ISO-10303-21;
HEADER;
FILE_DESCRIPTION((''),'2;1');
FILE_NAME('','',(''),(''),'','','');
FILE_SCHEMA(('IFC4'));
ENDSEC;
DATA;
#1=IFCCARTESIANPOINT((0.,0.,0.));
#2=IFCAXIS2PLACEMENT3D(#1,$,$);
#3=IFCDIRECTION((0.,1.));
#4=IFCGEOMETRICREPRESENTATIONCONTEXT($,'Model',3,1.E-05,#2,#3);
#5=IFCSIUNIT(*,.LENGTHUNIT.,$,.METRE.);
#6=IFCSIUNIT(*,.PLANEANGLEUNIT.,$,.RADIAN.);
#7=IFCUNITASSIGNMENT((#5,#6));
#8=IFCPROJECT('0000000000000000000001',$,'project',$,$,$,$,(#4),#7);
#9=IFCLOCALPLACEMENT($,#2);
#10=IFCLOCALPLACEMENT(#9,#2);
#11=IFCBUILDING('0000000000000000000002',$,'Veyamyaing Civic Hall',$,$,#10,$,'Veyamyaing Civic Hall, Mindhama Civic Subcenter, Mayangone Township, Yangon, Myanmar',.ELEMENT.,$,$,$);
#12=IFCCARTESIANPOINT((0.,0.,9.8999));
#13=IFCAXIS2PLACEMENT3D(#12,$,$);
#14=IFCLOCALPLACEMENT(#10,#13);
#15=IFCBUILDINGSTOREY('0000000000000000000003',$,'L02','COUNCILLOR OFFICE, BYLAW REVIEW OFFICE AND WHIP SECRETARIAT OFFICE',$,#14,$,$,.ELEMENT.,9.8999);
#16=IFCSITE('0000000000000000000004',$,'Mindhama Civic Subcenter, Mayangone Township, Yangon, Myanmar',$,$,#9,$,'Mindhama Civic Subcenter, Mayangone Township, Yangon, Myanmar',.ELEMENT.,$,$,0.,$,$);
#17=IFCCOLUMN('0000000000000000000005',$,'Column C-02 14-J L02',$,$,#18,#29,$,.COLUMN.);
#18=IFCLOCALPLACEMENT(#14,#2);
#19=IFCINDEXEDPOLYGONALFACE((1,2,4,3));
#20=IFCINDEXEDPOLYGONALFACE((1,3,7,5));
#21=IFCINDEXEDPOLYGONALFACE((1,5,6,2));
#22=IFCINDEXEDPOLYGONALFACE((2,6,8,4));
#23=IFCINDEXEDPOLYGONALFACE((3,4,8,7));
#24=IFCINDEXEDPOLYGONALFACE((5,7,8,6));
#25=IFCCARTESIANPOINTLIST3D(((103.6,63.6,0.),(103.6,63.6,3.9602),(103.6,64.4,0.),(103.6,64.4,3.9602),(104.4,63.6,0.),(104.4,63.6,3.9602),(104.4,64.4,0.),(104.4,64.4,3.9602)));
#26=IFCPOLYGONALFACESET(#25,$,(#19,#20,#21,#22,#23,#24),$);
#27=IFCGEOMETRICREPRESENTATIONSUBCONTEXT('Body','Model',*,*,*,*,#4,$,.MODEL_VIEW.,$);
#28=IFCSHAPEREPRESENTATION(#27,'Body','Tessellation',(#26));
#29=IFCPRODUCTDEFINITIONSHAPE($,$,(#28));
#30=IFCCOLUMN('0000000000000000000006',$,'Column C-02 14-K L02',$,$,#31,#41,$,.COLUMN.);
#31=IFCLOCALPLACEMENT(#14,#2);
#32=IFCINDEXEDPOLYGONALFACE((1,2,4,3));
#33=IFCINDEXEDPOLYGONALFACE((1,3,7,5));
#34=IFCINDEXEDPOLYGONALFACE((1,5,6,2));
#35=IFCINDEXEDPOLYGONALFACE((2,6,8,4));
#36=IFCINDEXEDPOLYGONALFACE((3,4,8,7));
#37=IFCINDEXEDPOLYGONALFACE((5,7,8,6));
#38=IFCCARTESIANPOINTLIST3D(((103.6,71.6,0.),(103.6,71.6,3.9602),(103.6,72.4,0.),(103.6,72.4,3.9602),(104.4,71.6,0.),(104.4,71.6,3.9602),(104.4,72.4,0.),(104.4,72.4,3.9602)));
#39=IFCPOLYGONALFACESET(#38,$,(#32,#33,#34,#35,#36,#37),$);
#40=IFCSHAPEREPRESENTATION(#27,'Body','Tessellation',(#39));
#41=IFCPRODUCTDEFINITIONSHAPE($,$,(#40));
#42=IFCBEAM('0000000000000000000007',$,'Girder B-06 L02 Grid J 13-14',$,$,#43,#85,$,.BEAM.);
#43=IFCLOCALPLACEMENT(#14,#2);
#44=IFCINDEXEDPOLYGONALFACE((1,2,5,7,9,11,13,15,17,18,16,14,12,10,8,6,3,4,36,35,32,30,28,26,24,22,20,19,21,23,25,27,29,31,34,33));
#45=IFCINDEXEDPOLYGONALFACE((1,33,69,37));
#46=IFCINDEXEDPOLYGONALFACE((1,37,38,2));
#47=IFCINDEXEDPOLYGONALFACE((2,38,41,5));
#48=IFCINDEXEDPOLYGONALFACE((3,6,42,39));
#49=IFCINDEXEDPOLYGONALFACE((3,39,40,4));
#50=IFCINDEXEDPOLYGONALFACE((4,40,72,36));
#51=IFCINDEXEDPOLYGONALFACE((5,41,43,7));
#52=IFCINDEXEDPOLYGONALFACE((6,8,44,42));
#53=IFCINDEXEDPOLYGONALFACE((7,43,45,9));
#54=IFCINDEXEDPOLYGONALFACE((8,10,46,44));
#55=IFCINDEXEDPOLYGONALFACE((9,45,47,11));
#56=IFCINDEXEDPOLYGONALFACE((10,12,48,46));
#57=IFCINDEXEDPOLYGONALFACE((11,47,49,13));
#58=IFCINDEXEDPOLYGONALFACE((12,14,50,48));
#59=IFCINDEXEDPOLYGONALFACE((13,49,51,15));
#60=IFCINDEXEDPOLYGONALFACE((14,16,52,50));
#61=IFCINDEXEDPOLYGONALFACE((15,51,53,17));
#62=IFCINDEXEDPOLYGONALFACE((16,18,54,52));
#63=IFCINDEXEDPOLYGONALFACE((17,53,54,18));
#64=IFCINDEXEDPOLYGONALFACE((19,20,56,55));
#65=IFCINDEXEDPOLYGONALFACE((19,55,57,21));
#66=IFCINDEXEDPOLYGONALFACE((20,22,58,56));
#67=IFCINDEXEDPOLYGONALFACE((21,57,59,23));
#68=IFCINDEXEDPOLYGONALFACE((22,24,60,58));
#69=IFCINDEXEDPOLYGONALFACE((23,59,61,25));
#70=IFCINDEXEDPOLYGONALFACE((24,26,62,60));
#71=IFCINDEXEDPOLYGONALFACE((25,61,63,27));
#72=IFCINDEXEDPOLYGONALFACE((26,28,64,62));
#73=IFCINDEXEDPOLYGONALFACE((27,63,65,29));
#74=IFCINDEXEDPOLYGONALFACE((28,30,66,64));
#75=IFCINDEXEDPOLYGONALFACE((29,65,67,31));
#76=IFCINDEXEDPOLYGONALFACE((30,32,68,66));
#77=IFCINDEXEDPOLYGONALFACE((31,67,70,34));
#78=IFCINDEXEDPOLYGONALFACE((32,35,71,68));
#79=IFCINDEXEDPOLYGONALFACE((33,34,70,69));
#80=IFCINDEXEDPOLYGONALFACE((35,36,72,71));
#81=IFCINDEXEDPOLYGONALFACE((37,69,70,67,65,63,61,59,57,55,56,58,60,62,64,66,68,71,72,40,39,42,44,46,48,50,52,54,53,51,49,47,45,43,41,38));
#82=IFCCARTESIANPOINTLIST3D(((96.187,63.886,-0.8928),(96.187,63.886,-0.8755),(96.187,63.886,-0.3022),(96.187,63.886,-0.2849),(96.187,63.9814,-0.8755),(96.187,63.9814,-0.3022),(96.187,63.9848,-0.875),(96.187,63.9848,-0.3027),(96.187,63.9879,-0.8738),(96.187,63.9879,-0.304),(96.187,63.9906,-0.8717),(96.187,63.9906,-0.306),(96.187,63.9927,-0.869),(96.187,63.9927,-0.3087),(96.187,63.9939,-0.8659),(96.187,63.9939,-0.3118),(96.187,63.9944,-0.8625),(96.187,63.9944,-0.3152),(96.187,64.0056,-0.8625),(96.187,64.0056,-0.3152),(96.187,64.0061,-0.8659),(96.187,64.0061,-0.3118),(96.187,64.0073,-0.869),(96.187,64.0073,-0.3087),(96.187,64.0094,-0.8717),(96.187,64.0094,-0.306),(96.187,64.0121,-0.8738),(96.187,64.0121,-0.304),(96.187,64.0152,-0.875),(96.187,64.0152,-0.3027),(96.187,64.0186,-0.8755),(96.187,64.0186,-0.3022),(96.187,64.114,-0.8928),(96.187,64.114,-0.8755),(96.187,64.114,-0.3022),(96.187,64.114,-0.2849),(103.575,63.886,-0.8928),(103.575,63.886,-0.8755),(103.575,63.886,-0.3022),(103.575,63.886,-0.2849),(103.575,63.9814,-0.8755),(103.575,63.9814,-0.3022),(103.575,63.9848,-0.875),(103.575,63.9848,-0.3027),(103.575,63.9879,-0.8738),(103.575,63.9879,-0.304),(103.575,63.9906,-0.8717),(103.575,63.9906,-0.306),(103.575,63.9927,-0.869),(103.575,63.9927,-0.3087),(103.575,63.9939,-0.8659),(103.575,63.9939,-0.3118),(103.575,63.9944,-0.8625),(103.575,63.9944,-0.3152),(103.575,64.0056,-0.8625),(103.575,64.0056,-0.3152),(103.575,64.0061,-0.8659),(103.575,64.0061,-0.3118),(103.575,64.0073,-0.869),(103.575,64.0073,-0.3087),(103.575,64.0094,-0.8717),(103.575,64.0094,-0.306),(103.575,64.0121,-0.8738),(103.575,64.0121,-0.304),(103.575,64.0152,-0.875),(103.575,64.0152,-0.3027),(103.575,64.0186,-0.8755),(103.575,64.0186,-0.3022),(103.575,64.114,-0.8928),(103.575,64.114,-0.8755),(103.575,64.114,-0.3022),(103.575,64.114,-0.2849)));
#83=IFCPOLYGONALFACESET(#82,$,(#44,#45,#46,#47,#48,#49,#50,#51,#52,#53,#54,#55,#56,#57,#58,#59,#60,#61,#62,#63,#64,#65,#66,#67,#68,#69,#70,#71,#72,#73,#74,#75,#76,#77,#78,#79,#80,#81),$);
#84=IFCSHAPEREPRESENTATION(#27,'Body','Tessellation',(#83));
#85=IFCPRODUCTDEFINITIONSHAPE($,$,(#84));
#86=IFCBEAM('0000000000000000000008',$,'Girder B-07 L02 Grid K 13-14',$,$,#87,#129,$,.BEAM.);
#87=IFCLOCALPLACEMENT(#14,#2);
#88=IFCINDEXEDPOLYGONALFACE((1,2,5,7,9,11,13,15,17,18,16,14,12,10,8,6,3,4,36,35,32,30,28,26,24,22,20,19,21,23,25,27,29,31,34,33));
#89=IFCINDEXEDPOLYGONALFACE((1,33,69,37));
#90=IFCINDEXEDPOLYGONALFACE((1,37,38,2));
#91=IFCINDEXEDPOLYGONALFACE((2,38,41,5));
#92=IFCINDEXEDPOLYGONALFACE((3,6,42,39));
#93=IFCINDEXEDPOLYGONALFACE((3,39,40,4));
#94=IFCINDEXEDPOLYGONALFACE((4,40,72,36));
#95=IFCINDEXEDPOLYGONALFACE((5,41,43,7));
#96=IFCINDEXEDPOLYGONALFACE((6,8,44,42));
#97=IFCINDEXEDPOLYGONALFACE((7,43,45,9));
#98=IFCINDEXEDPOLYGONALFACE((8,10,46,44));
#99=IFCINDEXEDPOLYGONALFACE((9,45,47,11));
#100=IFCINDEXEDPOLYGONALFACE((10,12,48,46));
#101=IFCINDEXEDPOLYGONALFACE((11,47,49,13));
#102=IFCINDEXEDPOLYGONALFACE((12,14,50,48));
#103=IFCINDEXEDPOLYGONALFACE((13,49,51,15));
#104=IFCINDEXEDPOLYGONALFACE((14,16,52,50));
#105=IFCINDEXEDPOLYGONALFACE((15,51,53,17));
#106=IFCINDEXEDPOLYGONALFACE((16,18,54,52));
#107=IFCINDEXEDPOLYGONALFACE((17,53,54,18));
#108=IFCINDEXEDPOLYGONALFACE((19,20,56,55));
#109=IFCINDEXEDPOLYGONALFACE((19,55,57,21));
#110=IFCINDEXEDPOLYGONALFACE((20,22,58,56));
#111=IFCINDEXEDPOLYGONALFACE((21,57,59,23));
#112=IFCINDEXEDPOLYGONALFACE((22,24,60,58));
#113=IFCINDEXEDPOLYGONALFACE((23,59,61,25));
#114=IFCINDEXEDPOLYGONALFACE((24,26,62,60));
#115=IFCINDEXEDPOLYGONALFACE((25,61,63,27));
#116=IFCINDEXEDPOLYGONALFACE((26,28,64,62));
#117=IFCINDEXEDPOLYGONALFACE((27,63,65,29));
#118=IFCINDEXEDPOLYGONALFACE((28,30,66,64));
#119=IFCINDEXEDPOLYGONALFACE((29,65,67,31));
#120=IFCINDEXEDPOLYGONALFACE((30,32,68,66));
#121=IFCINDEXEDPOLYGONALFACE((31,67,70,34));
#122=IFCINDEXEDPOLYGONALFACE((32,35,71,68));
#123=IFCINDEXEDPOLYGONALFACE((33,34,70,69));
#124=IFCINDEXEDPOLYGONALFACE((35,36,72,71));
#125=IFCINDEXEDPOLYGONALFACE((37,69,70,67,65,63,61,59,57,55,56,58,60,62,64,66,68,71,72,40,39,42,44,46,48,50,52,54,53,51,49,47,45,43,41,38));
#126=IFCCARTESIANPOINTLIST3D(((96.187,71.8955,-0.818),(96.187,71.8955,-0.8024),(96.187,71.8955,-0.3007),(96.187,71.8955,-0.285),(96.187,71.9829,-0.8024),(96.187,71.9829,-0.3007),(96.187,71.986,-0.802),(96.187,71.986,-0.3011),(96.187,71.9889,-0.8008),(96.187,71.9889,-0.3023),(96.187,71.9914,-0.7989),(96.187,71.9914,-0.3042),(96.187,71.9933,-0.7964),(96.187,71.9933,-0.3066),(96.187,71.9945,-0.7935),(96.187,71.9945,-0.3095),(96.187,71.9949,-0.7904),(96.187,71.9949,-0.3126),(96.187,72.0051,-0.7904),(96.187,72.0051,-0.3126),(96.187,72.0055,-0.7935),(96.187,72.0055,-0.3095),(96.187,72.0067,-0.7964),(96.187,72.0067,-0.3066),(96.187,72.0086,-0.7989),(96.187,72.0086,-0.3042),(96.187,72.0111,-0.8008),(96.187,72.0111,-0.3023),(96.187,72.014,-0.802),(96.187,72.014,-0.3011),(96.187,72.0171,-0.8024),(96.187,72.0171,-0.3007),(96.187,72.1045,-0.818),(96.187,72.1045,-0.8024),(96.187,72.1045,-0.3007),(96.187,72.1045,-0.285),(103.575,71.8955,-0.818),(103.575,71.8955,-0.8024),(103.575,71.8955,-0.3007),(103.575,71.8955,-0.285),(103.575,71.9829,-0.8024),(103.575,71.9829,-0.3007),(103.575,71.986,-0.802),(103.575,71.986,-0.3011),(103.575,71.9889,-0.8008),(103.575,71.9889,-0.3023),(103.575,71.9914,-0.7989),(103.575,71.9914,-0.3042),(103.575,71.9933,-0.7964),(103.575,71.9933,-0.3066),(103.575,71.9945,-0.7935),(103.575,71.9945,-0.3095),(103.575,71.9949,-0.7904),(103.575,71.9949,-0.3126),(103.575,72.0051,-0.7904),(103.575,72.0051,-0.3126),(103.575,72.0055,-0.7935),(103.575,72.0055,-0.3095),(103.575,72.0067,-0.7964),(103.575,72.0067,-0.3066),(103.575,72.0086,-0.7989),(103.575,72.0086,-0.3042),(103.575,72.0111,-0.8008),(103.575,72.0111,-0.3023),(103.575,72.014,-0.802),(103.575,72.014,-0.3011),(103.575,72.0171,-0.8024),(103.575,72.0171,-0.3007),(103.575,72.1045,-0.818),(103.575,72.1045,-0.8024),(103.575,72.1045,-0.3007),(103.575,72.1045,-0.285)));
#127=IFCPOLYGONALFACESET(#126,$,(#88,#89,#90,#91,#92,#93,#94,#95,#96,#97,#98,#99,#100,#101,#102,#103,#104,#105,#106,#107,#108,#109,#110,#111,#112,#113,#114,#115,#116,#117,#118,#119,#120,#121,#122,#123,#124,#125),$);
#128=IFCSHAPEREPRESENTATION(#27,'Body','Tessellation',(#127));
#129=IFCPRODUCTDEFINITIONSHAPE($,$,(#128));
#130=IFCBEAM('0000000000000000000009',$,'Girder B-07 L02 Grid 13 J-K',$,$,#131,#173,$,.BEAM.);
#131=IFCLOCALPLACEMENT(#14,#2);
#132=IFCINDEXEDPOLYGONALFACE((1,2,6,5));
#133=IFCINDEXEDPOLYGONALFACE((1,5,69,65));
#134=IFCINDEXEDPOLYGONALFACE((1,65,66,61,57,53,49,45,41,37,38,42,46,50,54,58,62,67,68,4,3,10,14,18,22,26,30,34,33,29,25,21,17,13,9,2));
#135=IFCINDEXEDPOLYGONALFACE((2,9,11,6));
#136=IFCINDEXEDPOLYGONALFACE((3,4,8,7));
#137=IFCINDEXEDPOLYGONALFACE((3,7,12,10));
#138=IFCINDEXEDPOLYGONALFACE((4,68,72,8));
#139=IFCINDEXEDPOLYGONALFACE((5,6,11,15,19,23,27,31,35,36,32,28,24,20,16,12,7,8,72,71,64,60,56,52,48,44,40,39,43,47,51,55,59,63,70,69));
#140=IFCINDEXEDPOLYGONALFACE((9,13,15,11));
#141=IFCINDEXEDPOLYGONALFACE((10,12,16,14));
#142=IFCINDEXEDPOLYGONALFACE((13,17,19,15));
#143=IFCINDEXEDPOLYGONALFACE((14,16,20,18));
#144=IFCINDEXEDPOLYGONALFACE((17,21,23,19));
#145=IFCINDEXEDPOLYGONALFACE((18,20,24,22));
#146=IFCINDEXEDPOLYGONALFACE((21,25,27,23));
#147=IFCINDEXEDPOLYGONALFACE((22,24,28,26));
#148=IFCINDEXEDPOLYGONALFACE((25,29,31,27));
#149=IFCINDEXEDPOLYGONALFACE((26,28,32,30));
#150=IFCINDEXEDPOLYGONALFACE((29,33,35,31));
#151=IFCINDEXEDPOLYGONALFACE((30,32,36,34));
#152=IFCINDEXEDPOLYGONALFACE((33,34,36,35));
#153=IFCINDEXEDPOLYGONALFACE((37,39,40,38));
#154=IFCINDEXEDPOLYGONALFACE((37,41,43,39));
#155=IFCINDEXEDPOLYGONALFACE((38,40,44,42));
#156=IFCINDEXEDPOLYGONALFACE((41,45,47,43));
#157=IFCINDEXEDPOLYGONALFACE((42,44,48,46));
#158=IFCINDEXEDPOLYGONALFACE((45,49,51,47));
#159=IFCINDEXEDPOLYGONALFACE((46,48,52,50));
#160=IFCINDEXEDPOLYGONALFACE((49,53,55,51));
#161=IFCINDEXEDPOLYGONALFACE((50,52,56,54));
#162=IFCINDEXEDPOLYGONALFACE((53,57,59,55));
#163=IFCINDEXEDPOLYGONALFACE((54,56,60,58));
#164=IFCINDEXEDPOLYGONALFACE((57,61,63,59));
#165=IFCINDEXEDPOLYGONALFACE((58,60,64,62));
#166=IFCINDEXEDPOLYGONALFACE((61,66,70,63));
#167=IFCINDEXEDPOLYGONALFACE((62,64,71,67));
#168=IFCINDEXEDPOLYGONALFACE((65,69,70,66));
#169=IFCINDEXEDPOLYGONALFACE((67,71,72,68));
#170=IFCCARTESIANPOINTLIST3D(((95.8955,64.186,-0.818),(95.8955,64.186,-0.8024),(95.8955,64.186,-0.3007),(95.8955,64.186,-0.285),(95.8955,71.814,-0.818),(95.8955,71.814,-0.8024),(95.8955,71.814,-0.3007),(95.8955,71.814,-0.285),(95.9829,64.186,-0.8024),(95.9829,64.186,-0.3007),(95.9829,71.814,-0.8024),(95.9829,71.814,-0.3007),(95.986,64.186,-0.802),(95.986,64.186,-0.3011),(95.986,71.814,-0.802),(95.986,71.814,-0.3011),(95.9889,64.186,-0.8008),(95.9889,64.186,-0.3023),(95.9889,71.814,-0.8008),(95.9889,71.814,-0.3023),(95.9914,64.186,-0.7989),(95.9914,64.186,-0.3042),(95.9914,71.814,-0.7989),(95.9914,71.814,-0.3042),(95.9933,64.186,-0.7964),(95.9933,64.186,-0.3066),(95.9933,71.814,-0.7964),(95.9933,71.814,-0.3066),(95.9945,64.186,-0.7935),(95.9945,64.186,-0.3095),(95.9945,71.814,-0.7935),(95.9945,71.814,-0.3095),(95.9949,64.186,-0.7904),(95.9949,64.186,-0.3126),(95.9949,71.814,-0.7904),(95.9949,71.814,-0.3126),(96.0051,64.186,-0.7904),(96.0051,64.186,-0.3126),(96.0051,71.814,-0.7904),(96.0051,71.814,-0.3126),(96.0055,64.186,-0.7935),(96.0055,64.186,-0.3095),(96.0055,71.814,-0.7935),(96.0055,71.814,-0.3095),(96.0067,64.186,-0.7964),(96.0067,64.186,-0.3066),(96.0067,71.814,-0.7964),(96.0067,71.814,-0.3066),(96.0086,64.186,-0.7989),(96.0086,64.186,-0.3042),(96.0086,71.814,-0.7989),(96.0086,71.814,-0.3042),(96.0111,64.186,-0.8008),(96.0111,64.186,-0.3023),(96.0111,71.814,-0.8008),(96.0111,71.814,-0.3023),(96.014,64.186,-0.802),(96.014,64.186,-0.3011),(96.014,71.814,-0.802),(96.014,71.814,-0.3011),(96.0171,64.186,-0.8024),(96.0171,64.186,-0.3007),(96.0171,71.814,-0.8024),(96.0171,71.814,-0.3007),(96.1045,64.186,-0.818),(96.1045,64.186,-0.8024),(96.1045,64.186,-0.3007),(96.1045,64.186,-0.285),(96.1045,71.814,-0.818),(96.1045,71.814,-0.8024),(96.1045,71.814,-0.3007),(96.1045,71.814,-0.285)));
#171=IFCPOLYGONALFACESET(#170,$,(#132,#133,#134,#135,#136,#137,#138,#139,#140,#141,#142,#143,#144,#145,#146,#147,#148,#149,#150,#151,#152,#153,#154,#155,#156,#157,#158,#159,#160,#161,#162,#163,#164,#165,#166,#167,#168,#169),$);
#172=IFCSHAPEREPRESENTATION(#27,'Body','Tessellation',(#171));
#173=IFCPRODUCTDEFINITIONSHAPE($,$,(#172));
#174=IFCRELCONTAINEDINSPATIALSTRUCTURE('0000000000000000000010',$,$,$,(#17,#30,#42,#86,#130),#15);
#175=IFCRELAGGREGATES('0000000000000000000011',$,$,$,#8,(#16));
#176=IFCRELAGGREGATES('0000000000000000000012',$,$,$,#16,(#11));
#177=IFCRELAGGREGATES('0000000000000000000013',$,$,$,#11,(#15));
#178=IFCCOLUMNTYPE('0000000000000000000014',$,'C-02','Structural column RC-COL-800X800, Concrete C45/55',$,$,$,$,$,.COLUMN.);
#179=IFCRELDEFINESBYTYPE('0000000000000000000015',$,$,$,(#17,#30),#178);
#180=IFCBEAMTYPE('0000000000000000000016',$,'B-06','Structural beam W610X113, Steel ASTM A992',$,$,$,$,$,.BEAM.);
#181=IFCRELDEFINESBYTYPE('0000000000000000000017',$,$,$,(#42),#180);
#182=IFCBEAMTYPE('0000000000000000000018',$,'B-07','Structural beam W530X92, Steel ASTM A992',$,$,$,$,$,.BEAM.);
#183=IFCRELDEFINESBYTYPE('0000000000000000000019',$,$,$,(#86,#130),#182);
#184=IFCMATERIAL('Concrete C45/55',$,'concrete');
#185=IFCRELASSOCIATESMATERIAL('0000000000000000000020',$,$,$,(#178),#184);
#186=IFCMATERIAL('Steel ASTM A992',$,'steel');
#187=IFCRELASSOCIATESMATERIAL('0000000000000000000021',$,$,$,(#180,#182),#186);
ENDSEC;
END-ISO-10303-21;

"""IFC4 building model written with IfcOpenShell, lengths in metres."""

from ifc_helpers import new_model, si_unit, direction, frame, origin, origin_2d, place, context, subcontext, project, spatial, rectangle, i_section, extrude, material, material_profile, profile_set, type_object, element, save


model = new_model("IFC4")

# Units and contexts
model_context = context("Model", 3, precision=1e-05, world=origin(), true_north=direction((0.0, 1.0)))
body_context = subcontext(model_context, "Body", "Model", "MODEL_VIEW")
ifc_project = project(units=[si_unit("LENGTHUNIT", "METRE"), si_unit("PLANEANGLEUNIT", "RADIAN")], contexts=[model_context])

# Site, building, storey
site_placement = place(None, origin())
site = spatial("IfcSite", under=ifc_project, at=site_placement, Name="Mindhama Civic Subcenter, Mayangone Township, Yangon, Myanmar", LongName="Mindhama Civic Subcenter, Mayangone Township, Yangon, Myanmar", CompositionType="ELEMENT", RefElevation=0.0)
building_placement = place(site_placement, origin())
building = spatial("IfcBuilding", under=site, at=building_placement, Name="Veyamyaing Civic Hall", LongName="Veyamyaing Civic Hall, Mindhama Civic Subcenter, Mayangone Township, Yangon, Myanmar", CompositionType="ELEMENT")
storey_placement = place(building_placement, frame((0.0, 0.0, 9.8999)))
storey = spatial("IfcBuildingStorey", under=building, at=storey_placement, Name="L02", Description="COUNCILLOR OFFICE, BYLAW REVIEW OFFICE AND WHIP SECRETARIAT OFFICE", CompositionType="ELEMENT", Elevation=9.8999)

# Columns
ifc_material_1 = material(Name="Concrete C45/55", Category="concrete")
ifc_material_profile_1 = material_profile(ifc_material_1, rectangle(XDim=0.8, YDim=0.8, at=origin_2d()), Name="RC-COL-800X800")
ifc_profile_set_1 = profile_set([ifc_material_profile_1], Name="Concrete C45/55")
column_type = type_object("IfcColumnType", Name="C-02", Description="Structural column RC-COL-800X800, Concrete C45/55", PredefinedType="COLUMN", material=ifc_profile_set_1)
for number, where, z_axis, x_axis, name in (
    (1, (104.0, 64.0, 0.0), (0.0, 0.0, 1.0), (1.0, 0.0, 0.0), "Column C-02 14-J L02"),
    (2, (104.0, 72.0, 0.0), (0.0, 0.0, 1.0), (1.0, 0.0, 0.0), "Column C-02 14-K L02"),
):
    element("IfcColumn", number, at=place(storey_placement, frame(where, z_axis=z_axis, x_axis=x_axis)), inside=storey, type_object=column_type, Name=name, PredefinedType="COLUMN", context=body_context, shape_type="SweptSolid", body=[
        extrude(rectangle(XDim=0.8, YDim=0.8, at=origin_2d()), origin(), (0.0, 0.0, 1.0), 3.9602),
    ])

# Beams
ifc_material_2 = material(Name="Steel ASTM A992", Category="steel")
ifc_material_profile_2 = material_profile(ifc_material_2, i_section(OverallWidth=0.228, OverallDepth=0.6079, WebThickness=0.0112, FlangeThickness=0.0173, FilletRadius=0.0129, at=origin_2d()), Name="W610X113")
ifc_profile_set_2 = profile_set([ifc_material_profile_2], Name="Steel ASTM A992")
beam_type_1 = type_object("IfcBeamType", Name="B-06", Description="Structural beam W610X113, Steel ASTM A992", PredefinedType="BEAM", material=ifc_profile_set_2)
beam_1_placement = place(storey_placement, frame((96.187, 64.0, -0.5889), z_axis=(1.0, 0.0, 0.0), x_axis=(0.0, 1.0, 0.0)))
element("IfcBeam", 3, at=beam_1_placement, inside=storey, type_object=beam_type_1, Name="Girder B-06 L02 Grid J 13-14", PredefinedType="BEAM", context=body_context, shape_type="SweptSolid", body=[
    extrude(i_section(OverallWidth=0.228, OverallDepth=0.6079, WebThickness=0.0112, FlangeThickness=0.0173, FilletRadius=0.0129, at=origin_2d()), origin(), (0.0, 0.0, 1.0), 7.3879),
])
ifc_material_profile_3 = material_profile(ifc_material_2, i_section(OverallWidth=0.209, OverallDepth=0.533, WebThickness=0.0103, FlangeThickness=0.0156, FilletRadius=0.012, at=origin_2d()), Name="W530X92")
ifc_profile_set_3 = profile_set([ifc_material_profile_3], Name="Steel ASTM A992")
beam_type_2 = type_object("IfcBeamType", Name="B-07", Description="Structural beam W530X92, Steel ASTM A992", PredefinedType="BEAM", material=ifc_profile_set_3)
beam_2_placement = place(storey_placement, frame((96.187, 72.0, -0.5515), z_axis=(1.0, 0.0, 0.0), x_axis=(0.0, 1.0, 0.0)))
element("IfcBeam", 4, at=beam_2_placement, inside=storey, type_object=beam_type_2, Name="Girder B-07 L02 Grid K 13-14", PredefinedType="BEAM", context=body_context, shape_type="SweptSolid", body=[
    extrude(i_section(OverallWidth=0.209, OverallDepth=0.533, WebThickness=0.0103, FlangeThickness=0.0156, FilletRadius=0.012, at=origin_2d()), origin(), (0.0, 0.0, 1.0), 7.3879),
])
beam_3_placement = place(storey_placement, frame((96.0, 64.186, -0.5515), z_axis=(0.0, 1.0, 0.0), x_axis=(-1.0, 0.0, 0.0)))
element("IfcBeam", 5, at=beam_3_placement, inside=storey, type_object=beam_type_2, Name="Girder B-07 L02 Grid 13 J-K", PredefinedType="BEAM", context=body_context, shape_type="SweptSolid", body=[
    extrude(i_section(OverallWidth=0.209, OverallDepth=0.533, WebThickness=0.0103, FlangeThickness=0.0156, FilletRadius=0.012, at=origin_2d()), origin(), (0.0, 0.0, 1.0), 7.6279),
])

save(model, "model.ifc")
